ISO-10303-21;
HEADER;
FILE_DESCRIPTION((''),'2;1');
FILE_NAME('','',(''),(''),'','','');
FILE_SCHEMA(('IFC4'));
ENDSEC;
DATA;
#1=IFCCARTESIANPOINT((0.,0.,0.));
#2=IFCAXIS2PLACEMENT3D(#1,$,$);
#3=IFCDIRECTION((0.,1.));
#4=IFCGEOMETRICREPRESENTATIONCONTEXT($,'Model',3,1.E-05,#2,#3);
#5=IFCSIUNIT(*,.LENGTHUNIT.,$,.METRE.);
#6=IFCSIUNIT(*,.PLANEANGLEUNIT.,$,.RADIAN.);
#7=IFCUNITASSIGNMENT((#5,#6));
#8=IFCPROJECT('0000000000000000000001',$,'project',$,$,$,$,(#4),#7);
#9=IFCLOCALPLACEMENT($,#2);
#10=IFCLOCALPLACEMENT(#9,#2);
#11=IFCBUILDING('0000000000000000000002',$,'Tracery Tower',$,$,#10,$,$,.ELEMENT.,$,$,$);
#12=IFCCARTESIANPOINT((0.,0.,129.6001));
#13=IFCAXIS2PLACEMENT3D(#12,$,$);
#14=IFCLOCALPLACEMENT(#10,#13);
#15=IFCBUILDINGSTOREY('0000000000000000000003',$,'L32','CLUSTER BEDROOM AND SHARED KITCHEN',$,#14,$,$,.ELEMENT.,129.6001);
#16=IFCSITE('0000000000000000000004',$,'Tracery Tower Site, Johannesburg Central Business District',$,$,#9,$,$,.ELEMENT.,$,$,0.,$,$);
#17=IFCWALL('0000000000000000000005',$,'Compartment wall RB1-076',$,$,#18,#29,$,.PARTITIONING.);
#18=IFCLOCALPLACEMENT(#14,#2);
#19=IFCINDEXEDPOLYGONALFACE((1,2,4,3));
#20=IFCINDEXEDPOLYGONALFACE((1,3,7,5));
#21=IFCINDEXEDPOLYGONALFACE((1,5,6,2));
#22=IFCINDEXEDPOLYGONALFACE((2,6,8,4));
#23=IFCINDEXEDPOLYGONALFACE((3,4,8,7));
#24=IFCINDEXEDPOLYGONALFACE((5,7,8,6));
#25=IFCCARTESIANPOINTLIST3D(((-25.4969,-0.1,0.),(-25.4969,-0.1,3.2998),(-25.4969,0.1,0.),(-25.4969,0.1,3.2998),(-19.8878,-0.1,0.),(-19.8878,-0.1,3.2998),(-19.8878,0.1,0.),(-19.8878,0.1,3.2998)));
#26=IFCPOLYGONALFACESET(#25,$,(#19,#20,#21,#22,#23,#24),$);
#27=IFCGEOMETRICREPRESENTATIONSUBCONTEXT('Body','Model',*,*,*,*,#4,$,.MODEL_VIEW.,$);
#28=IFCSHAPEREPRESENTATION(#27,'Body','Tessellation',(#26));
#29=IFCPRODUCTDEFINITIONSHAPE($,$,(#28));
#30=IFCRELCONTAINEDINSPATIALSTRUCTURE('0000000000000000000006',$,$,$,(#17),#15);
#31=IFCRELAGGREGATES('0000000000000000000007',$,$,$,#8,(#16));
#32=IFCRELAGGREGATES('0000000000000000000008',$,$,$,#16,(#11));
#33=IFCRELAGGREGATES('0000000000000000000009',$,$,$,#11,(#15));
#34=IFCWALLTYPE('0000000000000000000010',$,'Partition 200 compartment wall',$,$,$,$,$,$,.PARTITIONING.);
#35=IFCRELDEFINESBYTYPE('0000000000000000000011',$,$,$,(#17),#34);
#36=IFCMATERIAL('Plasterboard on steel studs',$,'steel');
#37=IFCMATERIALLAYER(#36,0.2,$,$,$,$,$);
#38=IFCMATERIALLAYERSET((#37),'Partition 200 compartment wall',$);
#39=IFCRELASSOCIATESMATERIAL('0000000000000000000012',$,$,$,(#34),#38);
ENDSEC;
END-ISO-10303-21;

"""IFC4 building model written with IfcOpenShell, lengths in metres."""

from ifc_helpers import new_model, si_unit, direction, frame, frame_2d, origin, place, context, subcontext, project, spatial, rectangle, extrude, material, layer, layer_set, type_object, element, save


model = new_model("IFC4")

# Units and contexts
model_context = context("Model", 3, precision=1e-05, world=origin(), true_north=direction((0.0, 1.0)))
body_context = subcontext(model_context, "Body", "Model", "MODEL_VIEW")
ifc_project = project(units=[si_unit("LENGTHUNIT", "METRE"), si_unit("PLANEANGLEUNIT", "RADIAN")], contexts=[model_context])

# Site, building, storey
site_placement = place(None, origin())
site = spatial("IfcSite", under=ifc_project, at=site_placement, Name="Tracery Tower Site, Johannesburg Central Business District", CompositionType="ELEMENT", RefElevation=0.0)
building_placement = place(site_placement, origin())
building = spatial("IfcBuilding", under=site, at=building_placement, Name="Tracery Tower", CompositionType="ELEMENT")
storey_placement = place(building_placement, frame((0.0, 0.0, 129.6001)))
storey = spatial("IfcBuildingStorey", under=building, at=storey_placement, Name="L32", Description="CLUSTER BEDROOM AND SHARED KITCHEN", CompositionType="ELEMENT", Elevation=129.6001)

# Wall
ifc_material_1 = material(Name="Plasterboard on steel studs", Category="steel")
ifc_layer_1 = layer(ifc_material_1, 0.2)
ifc_layer_set_1 = layer_set([ifc_layer_1], Name="Partition 200 compartment wall")
wall_type_1 = type_object("IfcWallType", Name="Partition 200 compartment wall", PredefinedType="PARTITIONING", material=ifc_layer_set_1)
wall_1_placement = place(storey_placement, frame((-25.4971, 0.0, 0.0), z_axis=(0.0, 0.0, 1.0), x_axis=(1.0, 0.0, 0.0)))
element("IfcWall", 1, at=wall_1_placement, inside=storey, type_object=wall_type_1, Name="Compartment wall RB1-076", PredefinedType="PARTITIONING", context=body_context, shape_type="SweptSolid", body=[
    extrude(rectangle(XDim=5.6091, YDim=0.2, at=frame_2d((2.8047, 0.0))), origin(), (0.0, 0.0, 1.0), 3.2998),
])

save(model, "model.ifc")
